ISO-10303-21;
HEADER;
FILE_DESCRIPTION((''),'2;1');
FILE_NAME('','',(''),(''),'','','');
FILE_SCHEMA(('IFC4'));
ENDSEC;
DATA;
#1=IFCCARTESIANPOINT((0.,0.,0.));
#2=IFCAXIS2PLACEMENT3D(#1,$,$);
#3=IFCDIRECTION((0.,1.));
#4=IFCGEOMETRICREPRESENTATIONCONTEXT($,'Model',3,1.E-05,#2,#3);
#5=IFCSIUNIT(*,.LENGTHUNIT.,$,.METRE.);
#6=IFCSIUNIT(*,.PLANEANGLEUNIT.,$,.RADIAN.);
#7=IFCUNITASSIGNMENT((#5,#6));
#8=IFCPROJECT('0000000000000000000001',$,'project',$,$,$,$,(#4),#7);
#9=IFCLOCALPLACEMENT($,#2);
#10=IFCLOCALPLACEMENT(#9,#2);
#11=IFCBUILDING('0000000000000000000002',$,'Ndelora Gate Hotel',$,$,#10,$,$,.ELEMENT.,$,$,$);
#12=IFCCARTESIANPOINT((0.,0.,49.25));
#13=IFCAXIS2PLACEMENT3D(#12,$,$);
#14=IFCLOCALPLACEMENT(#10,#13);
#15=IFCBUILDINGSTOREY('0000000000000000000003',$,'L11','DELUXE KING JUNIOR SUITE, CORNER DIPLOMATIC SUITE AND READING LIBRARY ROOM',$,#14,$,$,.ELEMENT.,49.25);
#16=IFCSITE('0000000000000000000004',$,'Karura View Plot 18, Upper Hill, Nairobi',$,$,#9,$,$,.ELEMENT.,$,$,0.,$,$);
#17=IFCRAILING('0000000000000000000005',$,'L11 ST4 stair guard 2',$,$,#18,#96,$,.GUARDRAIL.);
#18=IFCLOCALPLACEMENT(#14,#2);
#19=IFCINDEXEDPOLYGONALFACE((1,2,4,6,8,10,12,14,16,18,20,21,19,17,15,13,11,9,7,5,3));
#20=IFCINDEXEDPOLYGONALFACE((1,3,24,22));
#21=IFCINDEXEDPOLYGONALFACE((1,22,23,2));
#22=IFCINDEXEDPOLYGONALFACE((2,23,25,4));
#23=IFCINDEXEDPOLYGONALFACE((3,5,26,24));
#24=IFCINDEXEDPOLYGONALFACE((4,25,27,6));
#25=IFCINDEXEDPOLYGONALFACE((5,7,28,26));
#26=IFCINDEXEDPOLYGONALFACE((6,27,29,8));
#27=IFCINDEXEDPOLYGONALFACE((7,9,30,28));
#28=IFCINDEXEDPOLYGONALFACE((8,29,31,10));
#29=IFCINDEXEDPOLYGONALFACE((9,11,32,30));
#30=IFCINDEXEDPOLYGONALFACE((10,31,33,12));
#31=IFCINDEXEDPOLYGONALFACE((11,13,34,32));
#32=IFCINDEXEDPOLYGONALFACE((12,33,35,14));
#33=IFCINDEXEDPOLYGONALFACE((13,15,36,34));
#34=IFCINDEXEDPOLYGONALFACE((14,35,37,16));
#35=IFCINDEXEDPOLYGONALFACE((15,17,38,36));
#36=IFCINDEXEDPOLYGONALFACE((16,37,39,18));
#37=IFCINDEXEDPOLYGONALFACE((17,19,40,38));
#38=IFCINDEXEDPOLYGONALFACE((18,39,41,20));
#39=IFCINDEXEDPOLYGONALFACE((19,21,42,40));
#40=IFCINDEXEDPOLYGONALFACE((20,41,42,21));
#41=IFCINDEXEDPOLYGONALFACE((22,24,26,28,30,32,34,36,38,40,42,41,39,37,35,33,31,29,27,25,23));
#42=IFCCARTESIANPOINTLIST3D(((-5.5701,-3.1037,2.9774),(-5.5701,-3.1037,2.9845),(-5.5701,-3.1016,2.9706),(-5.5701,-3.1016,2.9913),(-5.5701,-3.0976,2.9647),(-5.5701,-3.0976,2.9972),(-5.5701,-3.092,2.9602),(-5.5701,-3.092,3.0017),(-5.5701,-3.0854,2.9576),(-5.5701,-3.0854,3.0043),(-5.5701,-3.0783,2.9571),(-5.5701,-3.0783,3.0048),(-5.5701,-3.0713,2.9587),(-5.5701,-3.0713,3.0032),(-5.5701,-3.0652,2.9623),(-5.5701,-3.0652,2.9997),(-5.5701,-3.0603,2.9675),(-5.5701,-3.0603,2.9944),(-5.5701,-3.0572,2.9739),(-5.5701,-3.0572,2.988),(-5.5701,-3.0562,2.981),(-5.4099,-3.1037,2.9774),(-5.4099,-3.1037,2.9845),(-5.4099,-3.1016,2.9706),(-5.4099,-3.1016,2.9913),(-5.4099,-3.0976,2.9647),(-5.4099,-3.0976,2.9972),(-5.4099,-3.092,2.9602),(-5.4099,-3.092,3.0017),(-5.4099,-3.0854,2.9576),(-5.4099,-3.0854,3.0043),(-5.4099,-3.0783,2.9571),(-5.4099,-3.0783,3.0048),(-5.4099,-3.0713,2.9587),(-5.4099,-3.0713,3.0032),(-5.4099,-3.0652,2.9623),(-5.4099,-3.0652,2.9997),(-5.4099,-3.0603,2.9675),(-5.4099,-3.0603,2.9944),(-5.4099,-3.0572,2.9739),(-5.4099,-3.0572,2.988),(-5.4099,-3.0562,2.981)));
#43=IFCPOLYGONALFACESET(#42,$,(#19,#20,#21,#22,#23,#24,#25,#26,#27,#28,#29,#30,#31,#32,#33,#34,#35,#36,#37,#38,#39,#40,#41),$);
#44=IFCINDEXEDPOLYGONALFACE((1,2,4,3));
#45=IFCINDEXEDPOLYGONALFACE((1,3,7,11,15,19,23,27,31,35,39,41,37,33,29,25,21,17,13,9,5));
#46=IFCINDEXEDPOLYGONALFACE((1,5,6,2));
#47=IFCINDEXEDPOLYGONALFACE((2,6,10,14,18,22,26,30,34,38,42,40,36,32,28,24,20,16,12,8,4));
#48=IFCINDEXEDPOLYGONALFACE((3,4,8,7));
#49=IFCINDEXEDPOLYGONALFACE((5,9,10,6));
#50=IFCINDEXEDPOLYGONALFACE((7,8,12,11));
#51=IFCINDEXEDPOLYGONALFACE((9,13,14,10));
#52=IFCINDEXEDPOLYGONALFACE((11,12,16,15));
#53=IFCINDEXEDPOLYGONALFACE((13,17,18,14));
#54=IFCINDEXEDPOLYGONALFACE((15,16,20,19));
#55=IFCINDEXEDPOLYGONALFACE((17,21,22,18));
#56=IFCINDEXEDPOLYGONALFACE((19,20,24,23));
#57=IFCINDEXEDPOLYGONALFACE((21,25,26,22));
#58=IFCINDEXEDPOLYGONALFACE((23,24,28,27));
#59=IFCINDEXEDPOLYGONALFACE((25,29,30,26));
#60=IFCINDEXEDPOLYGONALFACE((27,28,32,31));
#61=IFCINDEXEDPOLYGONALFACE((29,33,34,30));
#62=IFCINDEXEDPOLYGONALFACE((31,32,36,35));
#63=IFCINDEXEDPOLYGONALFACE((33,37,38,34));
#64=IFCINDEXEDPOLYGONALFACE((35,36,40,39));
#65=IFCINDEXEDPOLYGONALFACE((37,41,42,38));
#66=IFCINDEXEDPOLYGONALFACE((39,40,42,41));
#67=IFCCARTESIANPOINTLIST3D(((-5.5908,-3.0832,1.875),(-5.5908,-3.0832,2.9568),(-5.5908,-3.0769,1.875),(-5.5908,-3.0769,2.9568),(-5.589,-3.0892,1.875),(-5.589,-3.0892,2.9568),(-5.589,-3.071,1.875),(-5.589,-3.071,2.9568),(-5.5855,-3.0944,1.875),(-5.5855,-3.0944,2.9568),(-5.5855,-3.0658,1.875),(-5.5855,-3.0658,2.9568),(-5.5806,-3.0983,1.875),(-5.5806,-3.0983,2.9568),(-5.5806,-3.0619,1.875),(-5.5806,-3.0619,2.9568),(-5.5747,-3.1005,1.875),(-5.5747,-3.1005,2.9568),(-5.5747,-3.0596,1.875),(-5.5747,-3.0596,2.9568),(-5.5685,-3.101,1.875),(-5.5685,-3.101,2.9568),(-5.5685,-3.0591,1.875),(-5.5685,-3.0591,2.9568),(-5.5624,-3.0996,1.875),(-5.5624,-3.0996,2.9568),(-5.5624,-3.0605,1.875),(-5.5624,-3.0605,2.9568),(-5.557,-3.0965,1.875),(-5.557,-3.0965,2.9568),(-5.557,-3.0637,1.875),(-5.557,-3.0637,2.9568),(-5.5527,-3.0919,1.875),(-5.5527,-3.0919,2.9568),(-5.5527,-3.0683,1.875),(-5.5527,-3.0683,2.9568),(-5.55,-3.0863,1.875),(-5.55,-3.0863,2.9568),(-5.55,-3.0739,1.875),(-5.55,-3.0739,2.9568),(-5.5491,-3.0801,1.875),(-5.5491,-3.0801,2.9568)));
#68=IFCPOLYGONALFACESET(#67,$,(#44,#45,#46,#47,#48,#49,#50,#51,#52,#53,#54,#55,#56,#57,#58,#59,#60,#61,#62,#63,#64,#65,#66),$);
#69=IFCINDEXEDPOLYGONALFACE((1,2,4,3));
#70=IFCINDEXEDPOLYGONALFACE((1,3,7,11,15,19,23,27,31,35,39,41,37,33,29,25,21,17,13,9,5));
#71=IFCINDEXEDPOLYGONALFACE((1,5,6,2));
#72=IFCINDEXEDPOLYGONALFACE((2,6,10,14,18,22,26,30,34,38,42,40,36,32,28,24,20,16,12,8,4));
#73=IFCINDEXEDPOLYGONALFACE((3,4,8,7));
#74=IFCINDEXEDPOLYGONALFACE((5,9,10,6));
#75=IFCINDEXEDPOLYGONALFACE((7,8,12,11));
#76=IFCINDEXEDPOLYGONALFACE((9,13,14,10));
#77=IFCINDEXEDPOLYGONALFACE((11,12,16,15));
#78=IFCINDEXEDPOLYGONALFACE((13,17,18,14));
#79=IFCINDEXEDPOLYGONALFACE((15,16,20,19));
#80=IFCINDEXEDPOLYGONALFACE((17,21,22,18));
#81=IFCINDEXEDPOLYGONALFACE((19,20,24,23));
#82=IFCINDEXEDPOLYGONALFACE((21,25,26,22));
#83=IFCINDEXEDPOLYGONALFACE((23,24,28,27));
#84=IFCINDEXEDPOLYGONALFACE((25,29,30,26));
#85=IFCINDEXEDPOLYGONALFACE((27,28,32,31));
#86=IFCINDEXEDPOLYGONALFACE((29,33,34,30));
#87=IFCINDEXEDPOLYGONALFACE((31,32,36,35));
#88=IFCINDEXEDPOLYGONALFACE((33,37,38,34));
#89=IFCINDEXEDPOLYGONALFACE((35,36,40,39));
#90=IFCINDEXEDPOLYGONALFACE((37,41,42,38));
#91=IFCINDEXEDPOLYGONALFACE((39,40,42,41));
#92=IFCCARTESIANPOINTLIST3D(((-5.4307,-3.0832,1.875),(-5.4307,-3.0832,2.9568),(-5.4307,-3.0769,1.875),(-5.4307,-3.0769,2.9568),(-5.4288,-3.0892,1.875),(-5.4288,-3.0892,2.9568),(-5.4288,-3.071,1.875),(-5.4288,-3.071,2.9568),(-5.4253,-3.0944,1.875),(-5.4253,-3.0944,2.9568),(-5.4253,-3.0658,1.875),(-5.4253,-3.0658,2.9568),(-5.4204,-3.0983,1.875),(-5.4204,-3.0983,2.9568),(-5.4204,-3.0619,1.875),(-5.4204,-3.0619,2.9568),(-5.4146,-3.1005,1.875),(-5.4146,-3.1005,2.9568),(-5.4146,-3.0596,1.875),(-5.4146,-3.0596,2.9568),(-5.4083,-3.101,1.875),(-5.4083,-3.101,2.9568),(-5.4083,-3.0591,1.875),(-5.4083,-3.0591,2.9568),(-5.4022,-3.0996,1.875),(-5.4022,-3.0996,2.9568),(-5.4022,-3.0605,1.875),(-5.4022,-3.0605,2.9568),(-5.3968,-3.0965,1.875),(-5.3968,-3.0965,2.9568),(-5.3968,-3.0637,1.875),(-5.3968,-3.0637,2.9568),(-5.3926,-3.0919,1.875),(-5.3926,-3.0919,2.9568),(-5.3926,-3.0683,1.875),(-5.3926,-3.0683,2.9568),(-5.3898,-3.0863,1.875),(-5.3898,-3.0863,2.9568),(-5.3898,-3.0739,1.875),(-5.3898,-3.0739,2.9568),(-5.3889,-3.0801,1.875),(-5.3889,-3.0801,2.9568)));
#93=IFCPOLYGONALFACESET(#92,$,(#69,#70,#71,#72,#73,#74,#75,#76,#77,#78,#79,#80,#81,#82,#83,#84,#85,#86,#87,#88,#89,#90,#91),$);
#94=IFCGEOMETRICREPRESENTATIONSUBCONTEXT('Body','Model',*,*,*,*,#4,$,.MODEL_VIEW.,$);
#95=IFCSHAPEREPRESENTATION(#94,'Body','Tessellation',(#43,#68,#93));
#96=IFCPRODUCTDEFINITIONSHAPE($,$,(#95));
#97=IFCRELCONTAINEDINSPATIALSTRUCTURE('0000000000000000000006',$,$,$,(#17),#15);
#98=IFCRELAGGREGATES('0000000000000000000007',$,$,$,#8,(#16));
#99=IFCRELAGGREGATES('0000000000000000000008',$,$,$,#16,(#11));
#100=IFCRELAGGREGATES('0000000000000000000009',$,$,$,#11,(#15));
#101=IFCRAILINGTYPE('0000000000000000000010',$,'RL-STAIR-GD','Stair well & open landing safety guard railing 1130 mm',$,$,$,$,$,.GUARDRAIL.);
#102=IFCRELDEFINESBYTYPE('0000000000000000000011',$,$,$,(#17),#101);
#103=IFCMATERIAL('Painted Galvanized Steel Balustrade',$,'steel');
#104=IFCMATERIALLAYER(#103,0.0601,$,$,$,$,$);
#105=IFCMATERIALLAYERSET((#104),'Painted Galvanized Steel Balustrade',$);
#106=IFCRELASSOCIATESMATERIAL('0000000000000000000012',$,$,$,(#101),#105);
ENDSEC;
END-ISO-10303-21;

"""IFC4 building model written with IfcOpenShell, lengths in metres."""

from ifc_helpers import new_model, si_unit, direction, frame, origin, origin_2d, place, context, subcontext, project, spatial, circle, extrude, material, layer, layer_set, type_object, element, save


model = new_model("IFC4")

# Units and contexts
model_context = context("Model", 3, precision=1e-05, world=origin(), true_north=direction((0.0, 1.0)))
body_context = subcontext(model_context, "Body", "Model", "MODEL_VIEW")
ifc_project = project(units=[si_unit("LENGTHUNIT", "METRE"), si_unit("PLANEANGLEUNIT", "RADIAN")], contexts=[model_context])

# Site, building, storey
site_placement = place(None, origin())
site = spatial("IfcSite", under=ifc_project, at=site_placement, Name="Karura View Plot 18, Upper Hill, Nairobi", CompositionType="ELEMENT", RefElevation=0.0)
building_placement = place(site_placement, origin())
building = spatial("IfcBuilding", under=site, at=building_placement, Name="Ndelora Gate Hotel", CompositionType="ELEMENT")
storey_placement = place(building_placement, frame((0.0, 0.0, 49.25)))
storey = spatial("IfcBuildingStorey", under=building, at=storey_placement, Name="L11", Description="DELUXE KING JUNIOR SUITE, CORNER DIPLOMATIC SUITE AND READING LIBRARY ROOM", CompositionType="ELEMENT", Elevation=49.25)

# Railing
ifc_material_1 = material(Name="Painted Galvanized Steel Balustrade", Category="steel")
ifc_layer_1 = layer(ifc_material_1, 0.0601)
ifc_layer_set_1 = layer_set([ifc_layer_1], Name="Painted Galvanized Steel Balustrade")
railing_type = type_object("IfcRailingType", Name="RL-STAIR-GD", Description="Stair well & open landing safety guard railing 1130 mm", PredefinedType="GUARDRAIL", material=ifc_layer_set_1)
railing_1_placement = place(storey_placement, frame((-5.5701, -3.0801, 1.875)))
element("IfcRailing", 1, at=railing_1_placement, inside=storey, type_object=railing_type, Name="L11 ST4 stair guard 2", PredefinedType="GUARDRAIL", context=body_context, shape_type="SweptSolid", body=[
    extrude(circle(Radius=0.0239, at=origin_2d()), frame((0.0, 0.0, 1.106), z_axis=(1.0, 0.0, 0.0), x_axis=(0.0, 1.0, 0.0)), (0.0, 0.0, 1.0), 0.1602),
    extrude(circle(Radius=0.021, at=origin_2d()), origin(), (0.0, 0.0, 1.0), 1.0818),
    extrude(circle(Radius=0.021, at=origin_2d()), frame((0.1602, 0.0, 0.0)), (0.0, 0.0, 1.0), 1.0818),
])

save(model, "model.ifc")
